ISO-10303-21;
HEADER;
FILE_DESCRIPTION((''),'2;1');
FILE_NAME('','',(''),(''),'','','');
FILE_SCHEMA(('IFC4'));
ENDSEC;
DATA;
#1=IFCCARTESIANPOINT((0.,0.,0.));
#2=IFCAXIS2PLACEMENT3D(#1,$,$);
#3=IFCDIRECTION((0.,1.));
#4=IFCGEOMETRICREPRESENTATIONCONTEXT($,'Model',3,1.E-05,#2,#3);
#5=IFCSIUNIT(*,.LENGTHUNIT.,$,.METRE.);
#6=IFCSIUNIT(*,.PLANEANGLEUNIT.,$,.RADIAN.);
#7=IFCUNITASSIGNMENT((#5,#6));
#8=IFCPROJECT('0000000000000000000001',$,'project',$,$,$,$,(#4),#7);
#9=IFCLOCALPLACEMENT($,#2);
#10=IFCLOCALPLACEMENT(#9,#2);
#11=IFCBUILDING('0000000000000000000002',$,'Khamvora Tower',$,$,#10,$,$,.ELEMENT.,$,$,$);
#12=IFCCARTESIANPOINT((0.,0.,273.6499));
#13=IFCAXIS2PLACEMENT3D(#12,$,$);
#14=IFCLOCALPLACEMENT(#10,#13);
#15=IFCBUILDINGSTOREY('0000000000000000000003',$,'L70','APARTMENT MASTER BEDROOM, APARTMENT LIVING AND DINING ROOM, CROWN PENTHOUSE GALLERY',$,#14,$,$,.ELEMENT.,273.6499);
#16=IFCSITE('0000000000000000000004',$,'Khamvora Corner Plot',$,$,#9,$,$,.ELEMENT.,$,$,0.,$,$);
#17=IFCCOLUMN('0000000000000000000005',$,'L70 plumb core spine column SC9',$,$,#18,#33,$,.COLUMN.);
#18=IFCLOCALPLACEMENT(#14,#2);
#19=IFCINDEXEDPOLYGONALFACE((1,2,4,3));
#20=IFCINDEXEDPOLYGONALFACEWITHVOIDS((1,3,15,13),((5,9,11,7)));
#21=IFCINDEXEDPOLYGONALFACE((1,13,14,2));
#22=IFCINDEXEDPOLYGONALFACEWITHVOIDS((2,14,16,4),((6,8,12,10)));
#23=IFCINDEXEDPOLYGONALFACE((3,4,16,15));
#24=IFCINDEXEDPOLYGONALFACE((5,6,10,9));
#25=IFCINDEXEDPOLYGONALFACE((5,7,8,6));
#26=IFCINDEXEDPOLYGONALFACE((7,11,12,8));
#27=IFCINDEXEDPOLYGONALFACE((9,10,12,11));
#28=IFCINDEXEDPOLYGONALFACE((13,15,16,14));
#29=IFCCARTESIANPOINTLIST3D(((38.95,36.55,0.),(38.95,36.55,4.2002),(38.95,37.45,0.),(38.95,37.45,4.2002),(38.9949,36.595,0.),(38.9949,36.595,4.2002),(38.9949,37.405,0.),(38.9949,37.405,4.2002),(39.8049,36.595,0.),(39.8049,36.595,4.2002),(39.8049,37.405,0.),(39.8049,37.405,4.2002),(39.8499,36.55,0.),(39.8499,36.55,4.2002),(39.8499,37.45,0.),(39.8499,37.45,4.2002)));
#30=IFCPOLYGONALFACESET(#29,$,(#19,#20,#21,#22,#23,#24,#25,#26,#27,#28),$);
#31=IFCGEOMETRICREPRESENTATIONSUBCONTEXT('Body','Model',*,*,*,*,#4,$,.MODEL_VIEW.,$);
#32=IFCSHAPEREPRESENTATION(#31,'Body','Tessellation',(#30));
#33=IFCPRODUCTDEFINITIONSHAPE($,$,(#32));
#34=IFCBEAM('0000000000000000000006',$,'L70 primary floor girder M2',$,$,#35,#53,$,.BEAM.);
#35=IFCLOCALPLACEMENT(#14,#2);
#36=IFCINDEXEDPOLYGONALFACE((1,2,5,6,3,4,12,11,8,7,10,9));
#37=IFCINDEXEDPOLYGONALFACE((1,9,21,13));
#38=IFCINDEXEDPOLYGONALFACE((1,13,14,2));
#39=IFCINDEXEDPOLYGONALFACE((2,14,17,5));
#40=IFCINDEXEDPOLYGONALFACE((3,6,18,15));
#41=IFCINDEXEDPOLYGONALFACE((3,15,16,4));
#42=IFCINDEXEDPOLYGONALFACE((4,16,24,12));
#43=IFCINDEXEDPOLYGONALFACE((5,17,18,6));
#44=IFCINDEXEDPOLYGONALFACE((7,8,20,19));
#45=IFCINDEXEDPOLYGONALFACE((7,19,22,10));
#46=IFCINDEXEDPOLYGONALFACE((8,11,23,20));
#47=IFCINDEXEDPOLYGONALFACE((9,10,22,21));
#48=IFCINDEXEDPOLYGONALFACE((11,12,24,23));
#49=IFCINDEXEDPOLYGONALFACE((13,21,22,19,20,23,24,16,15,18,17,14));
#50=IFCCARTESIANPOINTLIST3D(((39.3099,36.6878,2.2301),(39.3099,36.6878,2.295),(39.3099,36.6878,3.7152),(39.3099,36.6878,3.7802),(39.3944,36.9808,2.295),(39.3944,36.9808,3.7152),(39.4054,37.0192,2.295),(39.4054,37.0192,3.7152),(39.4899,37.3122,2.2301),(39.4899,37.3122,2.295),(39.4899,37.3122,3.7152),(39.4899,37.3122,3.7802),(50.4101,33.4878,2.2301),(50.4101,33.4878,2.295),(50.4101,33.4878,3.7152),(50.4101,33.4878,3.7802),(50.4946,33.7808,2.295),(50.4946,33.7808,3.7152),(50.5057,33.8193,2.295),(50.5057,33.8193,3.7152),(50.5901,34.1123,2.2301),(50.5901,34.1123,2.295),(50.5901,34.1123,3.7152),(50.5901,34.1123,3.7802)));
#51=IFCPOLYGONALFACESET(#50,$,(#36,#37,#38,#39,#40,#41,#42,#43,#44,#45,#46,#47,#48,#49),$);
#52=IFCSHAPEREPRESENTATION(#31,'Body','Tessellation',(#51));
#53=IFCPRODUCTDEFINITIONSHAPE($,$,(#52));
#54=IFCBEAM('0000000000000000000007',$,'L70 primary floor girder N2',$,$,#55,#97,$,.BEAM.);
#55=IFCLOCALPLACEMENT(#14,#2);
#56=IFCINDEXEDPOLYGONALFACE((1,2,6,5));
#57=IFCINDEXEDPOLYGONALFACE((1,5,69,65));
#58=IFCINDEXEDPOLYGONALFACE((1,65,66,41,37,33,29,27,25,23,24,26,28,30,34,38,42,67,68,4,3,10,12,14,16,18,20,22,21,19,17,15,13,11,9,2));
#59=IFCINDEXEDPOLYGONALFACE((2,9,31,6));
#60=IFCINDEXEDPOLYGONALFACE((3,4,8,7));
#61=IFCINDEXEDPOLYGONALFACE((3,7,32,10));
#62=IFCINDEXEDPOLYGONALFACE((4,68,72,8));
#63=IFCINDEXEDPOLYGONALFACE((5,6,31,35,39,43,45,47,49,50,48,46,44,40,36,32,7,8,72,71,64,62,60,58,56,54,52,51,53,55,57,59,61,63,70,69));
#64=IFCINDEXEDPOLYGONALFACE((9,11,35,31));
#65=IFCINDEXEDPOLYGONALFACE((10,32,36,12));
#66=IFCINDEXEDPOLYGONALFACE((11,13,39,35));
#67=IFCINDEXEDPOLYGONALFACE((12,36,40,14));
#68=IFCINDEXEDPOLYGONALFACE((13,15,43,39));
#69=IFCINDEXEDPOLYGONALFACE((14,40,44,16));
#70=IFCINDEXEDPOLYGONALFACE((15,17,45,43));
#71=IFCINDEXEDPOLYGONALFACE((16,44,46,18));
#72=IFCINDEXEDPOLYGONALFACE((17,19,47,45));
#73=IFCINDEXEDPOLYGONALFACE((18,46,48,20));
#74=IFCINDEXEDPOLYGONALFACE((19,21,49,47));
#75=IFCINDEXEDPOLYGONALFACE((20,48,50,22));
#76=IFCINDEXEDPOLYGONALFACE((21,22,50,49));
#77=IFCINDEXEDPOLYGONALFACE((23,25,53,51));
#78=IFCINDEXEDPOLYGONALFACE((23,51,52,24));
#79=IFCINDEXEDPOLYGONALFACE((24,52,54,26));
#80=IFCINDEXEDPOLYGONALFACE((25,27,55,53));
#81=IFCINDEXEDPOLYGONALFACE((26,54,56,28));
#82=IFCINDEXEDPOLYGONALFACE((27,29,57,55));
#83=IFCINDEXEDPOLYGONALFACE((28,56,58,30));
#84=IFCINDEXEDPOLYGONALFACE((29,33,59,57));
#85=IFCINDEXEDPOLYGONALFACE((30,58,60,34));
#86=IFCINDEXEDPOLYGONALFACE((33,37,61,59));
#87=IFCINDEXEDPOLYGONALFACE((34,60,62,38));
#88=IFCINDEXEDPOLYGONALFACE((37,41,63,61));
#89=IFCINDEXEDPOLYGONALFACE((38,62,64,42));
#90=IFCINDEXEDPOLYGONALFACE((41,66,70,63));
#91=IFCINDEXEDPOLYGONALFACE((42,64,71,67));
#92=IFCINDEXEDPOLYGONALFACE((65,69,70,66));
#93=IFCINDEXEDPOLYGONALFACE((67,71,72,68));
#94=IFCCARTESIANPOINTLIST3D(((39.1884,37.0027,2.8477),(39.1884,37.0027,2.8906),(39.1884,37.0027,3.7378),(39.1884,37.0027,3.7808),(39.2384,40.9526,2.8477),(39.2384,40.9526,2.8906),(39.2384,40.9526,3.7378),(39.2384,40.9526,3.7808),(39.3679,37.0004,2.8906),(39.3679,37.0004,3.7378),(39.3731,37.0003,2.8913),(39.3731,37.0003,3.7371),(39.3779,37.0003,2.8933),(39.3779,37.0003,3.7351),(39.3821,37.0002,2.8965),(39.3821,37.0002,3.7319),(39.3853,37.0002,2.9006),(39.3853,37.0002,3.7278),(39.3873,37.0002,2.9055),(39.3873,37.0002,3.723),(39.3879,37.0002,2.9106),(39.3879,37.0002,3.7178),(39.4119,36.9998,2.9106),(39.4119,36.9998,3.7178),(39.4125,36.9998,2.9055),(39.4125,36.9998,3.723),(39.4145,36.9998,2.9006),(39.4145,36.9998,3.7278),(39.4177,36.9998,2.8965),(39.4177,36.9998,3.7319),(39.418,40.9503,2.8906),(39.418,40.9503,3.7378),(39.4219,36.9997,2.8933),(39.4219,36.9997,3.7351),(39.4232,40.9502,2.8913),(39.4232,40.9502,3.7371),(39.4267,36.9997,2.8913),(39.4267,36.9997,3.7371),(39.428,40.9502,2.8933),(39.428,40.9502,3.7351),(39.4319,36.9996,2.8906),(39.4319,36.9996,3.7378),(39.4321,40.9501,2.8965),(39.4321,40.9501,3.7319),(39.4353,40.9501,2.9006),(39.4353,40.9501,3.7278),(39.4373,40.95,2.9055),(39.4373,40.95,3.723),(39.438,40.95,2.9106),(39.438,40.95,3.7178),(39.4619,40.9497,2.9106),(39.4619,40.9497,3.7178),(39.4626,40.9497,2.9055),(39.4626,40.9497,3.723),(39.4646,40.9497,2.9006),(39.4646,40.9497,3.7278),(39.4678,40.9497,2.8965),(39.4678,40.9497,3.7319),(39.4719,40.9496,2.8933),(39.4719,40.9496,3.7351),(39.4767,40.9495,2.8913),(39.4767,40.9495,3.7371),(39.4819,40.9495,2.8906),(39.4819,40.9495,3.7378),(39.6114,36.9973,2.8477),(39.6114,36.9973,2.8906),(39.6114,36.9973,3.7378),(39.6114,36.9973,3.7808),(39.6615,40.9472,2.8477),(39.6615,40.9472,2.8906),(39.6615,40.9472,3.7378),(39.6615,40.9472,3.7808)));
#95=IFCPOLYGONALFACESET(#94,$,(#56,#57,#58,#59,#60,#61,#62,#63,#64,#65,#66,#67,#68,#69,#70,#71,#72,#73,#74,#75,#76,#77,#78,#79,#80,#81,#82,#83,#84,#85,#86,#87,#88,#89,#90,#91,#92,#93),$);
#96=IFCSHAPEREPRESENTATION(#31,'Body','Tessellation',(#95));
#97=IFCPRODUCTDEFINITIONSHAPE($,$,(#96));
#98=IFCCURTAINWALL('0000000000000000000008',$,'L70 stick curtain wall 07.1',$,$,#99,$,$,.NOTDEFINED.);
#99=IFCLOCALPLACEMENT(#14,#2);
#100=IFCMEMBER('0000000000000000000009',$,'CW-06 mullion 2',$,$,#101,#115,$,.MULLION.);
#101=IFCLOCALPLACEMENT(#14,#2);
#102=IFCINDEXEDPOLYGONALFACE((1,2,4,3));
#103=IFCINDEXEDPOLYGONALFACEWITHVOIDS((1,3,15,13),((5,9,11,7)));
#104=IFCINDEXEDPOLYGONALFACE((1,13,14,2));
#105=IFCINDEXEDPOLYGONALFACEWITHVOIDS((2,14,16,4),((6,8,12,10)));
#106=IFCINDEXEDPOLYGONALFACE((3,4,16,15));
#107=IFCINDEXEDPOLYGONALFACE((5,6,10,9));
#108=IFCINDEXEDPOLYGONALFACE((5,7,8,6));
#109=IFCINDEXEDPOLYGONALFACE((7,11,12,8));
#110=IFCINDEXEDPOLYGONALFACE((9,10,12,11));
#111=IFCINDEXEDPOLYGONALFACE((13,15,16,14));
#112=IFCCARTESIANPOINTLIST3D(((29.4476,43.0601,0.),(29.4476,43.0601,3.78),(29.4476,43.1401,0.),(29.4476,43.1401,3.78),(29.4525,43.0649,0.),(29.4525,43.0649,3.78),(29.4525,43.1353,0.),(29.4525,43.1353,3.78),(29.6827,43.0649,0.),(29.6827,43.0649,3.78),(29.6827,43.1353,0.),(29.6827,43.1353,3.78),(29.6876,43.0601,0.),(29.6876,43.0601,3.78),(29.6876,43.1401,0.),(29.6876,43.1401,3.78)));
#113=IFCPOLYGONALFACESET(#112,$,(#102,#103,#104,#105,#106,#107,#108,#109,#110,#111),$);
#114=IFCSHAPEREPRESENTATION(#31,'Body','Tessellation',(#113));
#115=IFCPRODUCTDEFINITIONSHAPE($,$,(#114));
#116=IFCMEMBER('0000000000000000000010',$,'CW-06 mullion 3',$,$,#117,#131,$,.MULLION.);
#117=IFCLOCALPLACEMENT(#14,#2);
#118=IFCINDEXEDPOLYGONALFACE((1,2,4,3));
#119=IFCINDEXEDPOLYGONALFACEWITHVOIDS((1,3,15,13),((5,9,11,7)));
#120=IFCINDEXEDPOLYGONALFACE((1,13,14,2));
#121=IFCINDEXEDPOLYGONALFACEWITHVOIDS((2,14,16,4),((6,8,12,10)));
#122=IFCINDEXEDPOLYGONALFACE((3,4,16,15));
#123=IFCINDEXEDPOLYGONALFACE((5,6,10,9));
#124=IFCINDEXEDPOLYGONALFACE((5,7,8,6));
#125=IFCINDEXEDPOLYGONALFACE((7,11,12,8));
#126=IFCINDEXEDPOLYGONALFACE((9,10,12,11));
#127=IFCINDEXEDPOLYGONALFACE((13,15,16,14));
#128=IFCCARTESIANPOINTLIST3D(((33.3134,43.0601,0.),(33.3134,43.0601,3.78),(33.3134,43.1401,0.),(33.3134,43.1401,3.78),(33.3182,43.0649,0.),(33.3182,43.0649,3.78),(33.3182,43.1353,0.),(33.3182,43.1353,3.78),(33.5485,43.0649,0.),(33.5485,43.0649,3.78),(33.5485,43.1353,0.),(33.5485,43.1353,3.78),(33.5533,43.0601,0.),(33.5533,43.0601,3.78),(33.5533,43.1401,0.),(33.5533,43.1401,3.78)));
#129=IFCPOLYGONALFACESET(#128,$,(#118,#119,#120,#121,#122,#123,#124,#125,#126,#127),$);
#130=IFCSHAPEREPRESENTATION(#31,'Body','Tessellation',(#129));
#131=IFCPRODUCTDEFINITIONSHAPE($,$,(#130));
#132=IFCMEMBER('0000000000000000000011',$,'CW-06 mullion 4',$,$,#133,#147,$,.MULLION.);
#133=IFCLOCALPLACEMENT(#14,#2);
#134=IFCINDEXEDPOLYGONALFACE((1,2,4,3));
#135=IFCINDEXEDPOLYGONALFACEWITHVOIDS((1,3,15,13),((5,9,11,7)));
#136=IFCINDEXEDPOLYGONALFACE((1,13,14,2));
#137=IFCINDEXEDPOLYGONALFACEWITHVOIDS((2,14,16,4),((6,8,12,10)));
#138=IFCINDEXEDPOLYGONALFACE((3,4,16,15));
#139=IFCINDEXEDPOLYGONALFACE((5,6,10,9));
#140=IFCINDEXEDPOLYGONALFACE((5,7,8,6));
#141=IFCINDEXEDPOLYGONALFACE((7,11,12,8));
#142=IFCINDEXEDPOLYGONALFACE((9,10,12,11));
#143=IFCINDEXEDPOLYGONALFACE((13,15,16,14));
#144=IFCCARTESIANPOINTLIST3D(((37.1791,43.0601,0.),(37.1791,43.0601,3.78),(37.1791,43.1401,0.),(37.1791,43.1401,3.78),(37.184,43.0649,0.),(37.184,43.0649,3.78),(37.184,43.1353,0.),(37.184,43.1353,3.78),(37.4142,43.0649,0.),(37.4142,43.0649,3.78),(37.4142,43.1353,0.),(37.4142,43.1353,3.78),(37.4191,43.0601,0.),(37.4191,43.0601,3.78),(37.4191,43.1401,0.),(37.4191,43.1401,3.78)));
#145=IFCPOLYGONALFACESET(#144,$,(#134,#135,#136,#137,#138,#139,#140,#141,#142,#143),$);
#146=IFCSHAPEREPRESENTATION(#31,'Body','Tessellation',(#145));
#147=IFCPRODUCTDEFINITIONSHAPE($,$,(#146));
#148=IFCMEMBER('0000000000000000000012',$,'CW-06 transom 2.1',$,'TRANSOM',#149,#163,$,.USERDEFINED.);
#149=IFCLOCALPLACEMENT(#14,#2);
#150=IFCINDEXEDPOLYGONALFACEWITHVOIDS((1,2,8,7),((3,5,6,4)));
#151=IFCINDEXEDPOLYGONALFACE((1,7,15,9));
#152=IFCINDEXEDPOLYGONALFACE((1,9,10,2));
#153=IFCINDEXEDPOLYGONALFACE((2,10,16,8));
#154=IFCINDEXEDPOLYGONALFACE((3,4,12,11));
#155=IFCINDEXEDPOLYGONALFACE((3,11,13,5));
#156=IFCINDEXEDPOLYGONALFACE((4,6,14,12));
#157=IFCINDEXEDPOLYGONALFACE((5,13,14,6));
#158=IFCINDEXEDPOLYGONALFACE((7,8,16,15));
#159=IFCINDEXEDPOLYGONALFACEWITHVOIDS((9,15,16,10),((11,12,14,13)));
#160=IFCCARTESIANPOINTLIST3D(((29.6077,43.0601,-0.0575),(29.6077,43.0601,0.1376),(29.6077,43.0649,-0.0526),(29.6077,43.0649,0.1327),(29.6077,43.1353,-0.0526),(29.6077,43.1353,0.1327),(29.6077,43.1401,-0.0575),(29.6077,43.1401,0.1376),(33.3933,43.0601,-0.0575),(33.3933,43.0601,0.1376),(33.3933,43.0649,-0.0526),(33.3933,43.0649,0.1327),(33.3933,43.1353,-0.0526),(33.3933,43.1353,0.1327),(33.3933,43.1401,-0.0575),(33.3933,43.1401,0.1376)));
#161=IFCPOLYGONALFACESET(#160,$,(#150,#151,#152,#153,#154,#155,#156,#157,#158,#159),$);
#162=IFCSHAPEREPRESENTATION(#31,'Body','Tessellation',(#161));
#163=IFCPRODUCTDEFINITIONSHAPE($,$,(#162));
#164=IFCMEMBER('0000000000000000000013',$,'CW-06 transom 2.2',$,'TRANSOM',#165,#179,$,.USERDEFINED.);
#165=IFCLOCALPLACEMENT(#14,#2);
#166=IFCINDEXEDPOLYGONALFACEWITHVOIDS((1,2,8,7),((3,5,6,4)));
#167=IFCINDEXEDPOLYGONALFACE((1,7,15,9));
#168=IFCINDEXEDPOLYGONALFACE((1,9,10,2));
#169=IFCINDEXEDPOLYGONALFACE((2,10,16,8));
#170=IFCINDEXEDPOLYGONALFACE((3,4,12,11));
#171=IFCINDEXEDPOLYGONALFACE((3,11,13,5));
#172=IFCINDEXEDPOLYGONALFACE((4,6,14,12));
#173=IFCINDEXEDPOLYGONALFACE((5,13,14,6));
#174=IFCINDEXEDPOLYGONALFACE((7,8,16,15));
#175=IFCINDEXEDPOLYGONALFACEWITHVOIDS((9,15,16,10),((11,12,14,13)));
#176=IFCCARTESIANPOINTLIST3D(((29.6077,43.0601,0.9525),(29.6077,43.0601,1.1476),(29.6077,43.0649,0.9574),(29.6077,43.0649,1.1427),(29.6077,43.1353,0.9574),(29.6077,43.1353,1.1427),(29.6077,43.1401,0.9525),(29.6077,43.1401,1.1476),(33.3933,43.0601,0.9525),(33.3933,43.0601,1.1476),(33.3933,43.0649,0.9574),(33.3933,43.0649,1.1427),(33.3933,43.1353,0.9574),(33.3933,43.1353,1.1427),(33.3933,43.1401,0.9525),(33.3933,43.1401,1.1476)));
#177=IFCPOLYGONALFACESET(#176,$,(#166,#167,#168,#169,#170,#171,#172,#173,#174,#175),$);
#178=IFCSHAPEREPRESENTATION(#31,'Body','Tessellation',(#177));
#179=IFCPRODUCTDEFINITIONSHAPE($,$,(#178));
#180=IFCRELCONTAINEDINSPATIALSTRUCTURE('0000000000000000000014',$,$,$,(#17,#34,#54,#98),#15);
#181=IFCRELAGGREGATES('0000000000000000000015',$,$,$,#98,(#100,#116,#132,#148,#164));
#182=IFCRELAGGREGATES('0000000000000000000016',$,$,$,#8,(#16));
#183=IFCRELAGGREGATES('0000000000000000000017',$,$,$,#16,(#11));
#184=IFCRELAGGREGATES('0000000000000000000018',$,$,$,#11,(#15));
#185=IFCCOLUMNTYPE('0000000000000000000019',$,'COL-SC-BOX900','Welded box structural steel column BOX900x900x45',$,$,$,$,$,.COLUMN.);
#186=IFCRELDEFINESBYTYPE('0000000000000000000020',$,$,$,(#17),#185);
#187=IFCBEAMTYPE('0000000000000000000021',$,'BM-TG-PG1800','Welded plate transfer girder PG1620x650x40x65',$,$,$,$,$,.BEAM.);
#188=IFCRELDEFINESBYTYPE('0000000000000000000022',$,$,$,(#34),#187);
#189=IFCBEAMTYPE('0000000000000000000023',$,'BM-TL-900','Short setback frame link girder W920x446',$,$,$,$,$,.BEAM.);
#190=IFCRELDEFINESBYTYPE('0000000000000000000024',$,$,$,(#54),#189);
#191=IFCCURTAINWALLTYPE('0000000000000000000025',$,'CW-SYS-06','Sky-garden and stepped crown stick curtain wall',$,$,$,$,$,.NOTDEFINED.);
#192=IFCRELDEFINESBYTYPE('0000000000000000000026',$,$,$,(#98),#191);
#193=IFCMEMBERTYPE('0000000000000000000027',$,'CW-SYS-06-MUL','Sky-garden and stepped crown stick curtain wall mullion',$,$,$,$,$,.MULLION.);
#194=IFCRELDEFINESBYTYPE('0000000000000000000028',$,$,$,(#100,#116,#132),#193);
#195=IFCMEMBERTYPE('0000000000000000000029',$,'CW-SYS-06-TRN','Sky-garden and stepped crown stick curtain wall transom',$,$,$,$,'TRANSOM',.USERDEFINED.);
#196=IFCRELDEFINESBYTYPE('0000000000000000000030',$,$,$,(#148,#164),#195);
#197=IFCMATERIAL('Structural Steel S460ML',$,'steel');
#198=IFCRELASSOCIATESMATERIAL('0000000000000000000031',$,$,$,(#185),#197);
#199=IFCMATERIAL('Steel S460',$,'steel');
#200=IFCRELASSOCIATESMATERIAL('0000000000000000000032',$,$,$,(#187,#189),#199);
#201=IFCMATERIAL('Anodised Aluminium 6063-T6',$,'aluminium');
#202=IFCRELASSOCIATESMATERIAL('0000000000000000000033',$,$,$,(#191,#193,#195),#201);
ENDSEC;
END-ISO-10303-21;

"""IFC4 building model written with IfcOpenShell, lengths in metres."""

from ifc_helpers import new_model, si_unit, direction, frame, origin, origin_2d, place, context, subcontext, project, spatial, hollow_rectangle, i_section, extrude, material, material_profile, profile_set, type_object, element, aggregate, save


model = new_model("IFC4")

# Units and contexts
model_context = context("Model", 3, precision=1e-05, world=origin(), true_north=direction((0.0, 1.0)))
body_context = subcontext(model_context, "Body", "Model", "MODEL_VIEW")
ifc_project = project(units=[si_unit("LENGTHUNIT", "METRE"), si_unit("PLANEANGLEUNIT", "RADIAN")], contexts=[model_context])

# Site, building, storey
site_placement = place(None, origin())
site = spatial("IfcSite", under=ifc_project, at=site_placement, Name="Khamvora Corner Plot", CompositionType="ELEMENT", RefElevation=0.0)
building_placement = place(site_placement, origin())
building = spatial("IfcBuilding", under=site, at=building_placement, Name="Khamvora Tower", CompositionType="ELEMENT")
storey_placement = place(building_placement, frame((0.0, 0.0, 273.6499)))
storey = spatial("IfcBuildingStorey", under=building, at=storey_placement, Name="L70", Description="APARTMENT MASTER BEDROOM, APARTMENT LIVING AND DINING ROOM, CROWN PENTHOUSE GALLERY", CompositionType="ELEMENT", Elevation=273.6499)

# Column
ifc_material_1 = material(Name="Structural Steel S460ML", Category="steel")
ifc_material_profile_1 = material_profile(ifc_material_1, hollow_rectangle(XDim=0.8999, YDim=0.8999, WallThickness=0.0449, at=origin_2d()), Name="BOX900x900x45")
ifc_profile_set_1 = profile_set([ifc_material_profile_1], Name="Structural Steel S460ML")
column_type = type_object("IfcColumnType", Name="COL-SC-BOX900", Description="Welded box structural steel column BOX900x900x45", PredefinedType="COLUMN", material=ifc_profile_set_1)
column_placement = place(storey_placement, frame((39.3999, 37.0, 0.0), z_axis=(0.0, 0.0, 1.0), x_axis=(1.0, 0.0, 0.0)))
element("IfcColumn", 1, at=column_placement, inside=storey, type_object=column_type, Name="L70 plumb core spine column SC9", PredefinedType="COLUMN", context=body_context, shape_type="SweptSolid", body=[
    extrude(hollow_rectangle(XDim=0.8999, YDim=0.8999, WallThickness=0.0449, at=origin_2d()), origin(), (0.0, 0.0, 1.0), 4.2002),
])

# Beams
ifc_material_2 = material(Name="Steel S460", Category="steel")
ifc_material_profile_2 = material_profile(ifc_material_2, i_section(OverallWidth=0.6499, OverallDepth=1.55, WebThickness=0.04, FlangeThickness=0.0649, at=origin_2d()), Name="PG1550x650x40x65")
ifc_profile_set_2 = profile_set([ifc_material_profile_2], Name="Steel S460")
beam_type_1 = type_object("IfcBeamType", Name="BM-TG-PG1800", Description="Welded plate transfer girder PG1620x650x40x65", PredefinedType="BEAM", material=ifc_profile_set_2)
beam_1_placement = place(storey_placement, frame((39.3999, 37.0, 3.0051), z_axis=(0.96087, -0.277001, 0.0), x_axis=(0.277001, 0.96087, 0.0)))
element("IfcBeam", 2, at=beam_1_placement, inside=storey, type_object=beam_type_1, Name="L70 primary floor girder M2", PredefinedType="BEAM", context=body_context, shape_type="SweptSolid", body=[
    extrude(i_section(OverallWidth=0.6499, OverallDepth=1.55, WebThickness=0.04, FlangeThickness=0.0649, at=origin_2d()), origin(), (0.0, 0.0, 1.0), 11.5522),
])
ifc_material_profile_3 = material_profile(ifc_material_2, i_section(OverallWidth=0.4231, OverallDepth=0.9331, WebThickness=0.0239, FlangeThickness=0.043, FilletRadius=0.02, at=origin_2d()), Name="W920x446")
ifc_profile_set_3 = profile_set([ifc_material_profile_3], Name="Steel S460")
beam_type_2 = type_object("IfcBeamType", Name="BM-TL-900", Description="Short setback frame link girder W920x446", PredefinedType="BEAM", material=ifc_profile_set_3)
beam_2_placement = place(storey_placement, frame((39.3999, 37.0, 3.3142), z_axis=(0.01267, 0.99992, 0.0), x_axis=(-0.99992, 0.01267, 0.0)))
element("IfcBeam", 3, at=beam_2_placement, inside=storey, type_object=beam_type_2, Name="L70 primary floor girder N2", PredefinedType="BEAM", context=body_context, shape_type="SweptSolid", body=[
    extrude(i_section(OverallWidth=0.4231, OverallDepth=0.9331, WebThickness=0.0239, FlangeThickness=0.043, FilletRadius=0.02, at=origin_2d()), origin(), (0.0, 0.0, 1.0), 3.9502),
])

# Curtain wall, members
ifc_material_3 = material(Name="Anodised Aluminium 6063-T6", Category="aluminium")
curtain_wall_type = type_object("IfcCurtainWallType", Name="CW-SYS-06", Description="Sky-garden and stepped crown stick curtain wall", PredefinedType="NOTDEFINED", material=ifc_material_3)
curtain_wall_placement = place(storey_placement, origin())
curtain_wall = element("IfcCurtainWall", 4, at=curtain_wall_placement, inside=storey, type_object=curtain_wall_type, Name="L70 stick curtain wall 07.1", PredefinedType="NOTDEFINED")
ifc_material_profile_4 = material_profile(ifc_material_3, hollow_rectangle(XDim=0.0801, YDim=0.24, WallThickness=0.0049, at=origin_2d()), Name="MUL80x240x5")
ifc_profile_set_4 = profile_set([ifc_material_profile_4], Name="Anodised Aluminium 6063-T6")
member_type_1 = type_object("IfcMemberType", Name="CW-SYS-06-MUL", Description="Sky-garden and stepped crown stick curtain wall mullion", PredefinedType="MULLION", material=ifc_profile_set_4)
member_1_placement = place(storey_placement, frame((29.5676, 43.1001, 0.0), z_axis=(0.0, 0.0, 1.0), x_axis=(0.0, 1.0, 0.0)))
member_1 = element("IfcMember", 5, at=member_1_placement, type_object=member_type_1, Name="CW-06 mullion 2", PredefinedType="MULLION", context=body_context, shape_type="SweptSolid", body=[
    extrude(hollow_rectangle(XDim=0.0801, YDim=0.24, WallThickness=0.0049, at=origin_2d()), origin(), (0.0, 0.0, 1.0), 3.78),
])
member_2_placement = place(storey_placement, frame((33.4333, 43.1001, 0.0), z_axis=(0.0, 0.0, 1.0), x_axis=(0.0, 1.0, 0.0)))
member_2 = element("IfcMember", 6, at=member_2_placement, type_object=member_type_1, Name="CW-06 mullion 3", PredefinedType="MULLION", context=body_context, shape_type="SweptSolid", body=[
    extrude(hollow_rectangle(XDim=0.0801, YDim=0.24, WallThickness=0.0049, at=origin_2d()), origin(), (0.0, 0.0, 1.0), 3.78),
])
member_3_placement = place(storey_placement, frame((37.2991, 43.1001, 0.0), z_axis=(0.0, 0.0, 1.0), x_axis=(0.0, 1.0, 0.0)))
member_3 = element("IfcMember", 7, at=member_3_placement, type_object=member_type_1, Name="CW-06 mullion 4", PredefinedType="MULLION", context=body_context, shape_type="SweptSolid", body=[
    extrude(hollow_rectangle(XDim=0.0801, YDim=0.24, WallThickness=0.0049, at=origin_2d()), origin(), (0.0, 0.0, 1.0), 3.78),
])
ifc_material_profile_5 = material_profile(ifc_material_3, hollow_rectangle(XDim=0.0801, YDim=0.1951, WallThickness=0.0049, at=origin_2d()), Name="TRN80x195x5")
ifc_profile_set_5 = profile_set([ifc_material_profile_5], Name="Anodised Aluminium 6063-T6")
member_type_2 = type_object("IfcMemberType", Name="CW-SYS-06-TRN", Description="Sky-garden and stepped crown stick curtain wall transom", ElementType="TRANSOM", PredefinedType="USERDEFINED", material=ifc_profile_set_5)
member_4_placement = place(storey_placement, frame((29.6077, 43.1001, 0.04), z_axis=(1.0, 0.0, 0.0), x_axis=(0.0, 1.0, 0.0)))
member_4 = element("IfcMember", 8, at=member_4_placement, type_object=member_type_2, Name="CW-06 transom 2.1", ObjectType="TRANSOM", PredefinedType="USERDEFINED", context=body_context, shape_type="SweptSolid", body=[
    extrude(hollow_rectangle(XDim=0.0801, YDim=0.1951, WallThickness=0.0049, at=origin_2d()), origin(), (0.0, 0.0, 1.0), 3.7856),
])
member_5_placement = place(storey_placement, frame((29.6077, 43.1001, 1.05), z_axis=(1.0, 0.0, 0.0), x_axis=(0.0, 1.0, 0.0)))
member_5 = element("IfcMember", 9, at=member_5_placement, type_object=member_type_2, Name="CW-06 transom 2.2", ObjectType="TRANSOM", PredefinedType="USERDEFINED", context=body_context, shape_type="SweptSolid", body=[
    extrude(hollow_rectangle(XDim=0.0801, YDim=0.1951, WallThickness=0.0049, at=origin_2d()), origin(), (0.0, 0.0, 1.0), 3.7856),
])
aggregate(curtain_wall, [member_1, member_2, member_3, member_4, member_5])

save(model, "model.ifc")
